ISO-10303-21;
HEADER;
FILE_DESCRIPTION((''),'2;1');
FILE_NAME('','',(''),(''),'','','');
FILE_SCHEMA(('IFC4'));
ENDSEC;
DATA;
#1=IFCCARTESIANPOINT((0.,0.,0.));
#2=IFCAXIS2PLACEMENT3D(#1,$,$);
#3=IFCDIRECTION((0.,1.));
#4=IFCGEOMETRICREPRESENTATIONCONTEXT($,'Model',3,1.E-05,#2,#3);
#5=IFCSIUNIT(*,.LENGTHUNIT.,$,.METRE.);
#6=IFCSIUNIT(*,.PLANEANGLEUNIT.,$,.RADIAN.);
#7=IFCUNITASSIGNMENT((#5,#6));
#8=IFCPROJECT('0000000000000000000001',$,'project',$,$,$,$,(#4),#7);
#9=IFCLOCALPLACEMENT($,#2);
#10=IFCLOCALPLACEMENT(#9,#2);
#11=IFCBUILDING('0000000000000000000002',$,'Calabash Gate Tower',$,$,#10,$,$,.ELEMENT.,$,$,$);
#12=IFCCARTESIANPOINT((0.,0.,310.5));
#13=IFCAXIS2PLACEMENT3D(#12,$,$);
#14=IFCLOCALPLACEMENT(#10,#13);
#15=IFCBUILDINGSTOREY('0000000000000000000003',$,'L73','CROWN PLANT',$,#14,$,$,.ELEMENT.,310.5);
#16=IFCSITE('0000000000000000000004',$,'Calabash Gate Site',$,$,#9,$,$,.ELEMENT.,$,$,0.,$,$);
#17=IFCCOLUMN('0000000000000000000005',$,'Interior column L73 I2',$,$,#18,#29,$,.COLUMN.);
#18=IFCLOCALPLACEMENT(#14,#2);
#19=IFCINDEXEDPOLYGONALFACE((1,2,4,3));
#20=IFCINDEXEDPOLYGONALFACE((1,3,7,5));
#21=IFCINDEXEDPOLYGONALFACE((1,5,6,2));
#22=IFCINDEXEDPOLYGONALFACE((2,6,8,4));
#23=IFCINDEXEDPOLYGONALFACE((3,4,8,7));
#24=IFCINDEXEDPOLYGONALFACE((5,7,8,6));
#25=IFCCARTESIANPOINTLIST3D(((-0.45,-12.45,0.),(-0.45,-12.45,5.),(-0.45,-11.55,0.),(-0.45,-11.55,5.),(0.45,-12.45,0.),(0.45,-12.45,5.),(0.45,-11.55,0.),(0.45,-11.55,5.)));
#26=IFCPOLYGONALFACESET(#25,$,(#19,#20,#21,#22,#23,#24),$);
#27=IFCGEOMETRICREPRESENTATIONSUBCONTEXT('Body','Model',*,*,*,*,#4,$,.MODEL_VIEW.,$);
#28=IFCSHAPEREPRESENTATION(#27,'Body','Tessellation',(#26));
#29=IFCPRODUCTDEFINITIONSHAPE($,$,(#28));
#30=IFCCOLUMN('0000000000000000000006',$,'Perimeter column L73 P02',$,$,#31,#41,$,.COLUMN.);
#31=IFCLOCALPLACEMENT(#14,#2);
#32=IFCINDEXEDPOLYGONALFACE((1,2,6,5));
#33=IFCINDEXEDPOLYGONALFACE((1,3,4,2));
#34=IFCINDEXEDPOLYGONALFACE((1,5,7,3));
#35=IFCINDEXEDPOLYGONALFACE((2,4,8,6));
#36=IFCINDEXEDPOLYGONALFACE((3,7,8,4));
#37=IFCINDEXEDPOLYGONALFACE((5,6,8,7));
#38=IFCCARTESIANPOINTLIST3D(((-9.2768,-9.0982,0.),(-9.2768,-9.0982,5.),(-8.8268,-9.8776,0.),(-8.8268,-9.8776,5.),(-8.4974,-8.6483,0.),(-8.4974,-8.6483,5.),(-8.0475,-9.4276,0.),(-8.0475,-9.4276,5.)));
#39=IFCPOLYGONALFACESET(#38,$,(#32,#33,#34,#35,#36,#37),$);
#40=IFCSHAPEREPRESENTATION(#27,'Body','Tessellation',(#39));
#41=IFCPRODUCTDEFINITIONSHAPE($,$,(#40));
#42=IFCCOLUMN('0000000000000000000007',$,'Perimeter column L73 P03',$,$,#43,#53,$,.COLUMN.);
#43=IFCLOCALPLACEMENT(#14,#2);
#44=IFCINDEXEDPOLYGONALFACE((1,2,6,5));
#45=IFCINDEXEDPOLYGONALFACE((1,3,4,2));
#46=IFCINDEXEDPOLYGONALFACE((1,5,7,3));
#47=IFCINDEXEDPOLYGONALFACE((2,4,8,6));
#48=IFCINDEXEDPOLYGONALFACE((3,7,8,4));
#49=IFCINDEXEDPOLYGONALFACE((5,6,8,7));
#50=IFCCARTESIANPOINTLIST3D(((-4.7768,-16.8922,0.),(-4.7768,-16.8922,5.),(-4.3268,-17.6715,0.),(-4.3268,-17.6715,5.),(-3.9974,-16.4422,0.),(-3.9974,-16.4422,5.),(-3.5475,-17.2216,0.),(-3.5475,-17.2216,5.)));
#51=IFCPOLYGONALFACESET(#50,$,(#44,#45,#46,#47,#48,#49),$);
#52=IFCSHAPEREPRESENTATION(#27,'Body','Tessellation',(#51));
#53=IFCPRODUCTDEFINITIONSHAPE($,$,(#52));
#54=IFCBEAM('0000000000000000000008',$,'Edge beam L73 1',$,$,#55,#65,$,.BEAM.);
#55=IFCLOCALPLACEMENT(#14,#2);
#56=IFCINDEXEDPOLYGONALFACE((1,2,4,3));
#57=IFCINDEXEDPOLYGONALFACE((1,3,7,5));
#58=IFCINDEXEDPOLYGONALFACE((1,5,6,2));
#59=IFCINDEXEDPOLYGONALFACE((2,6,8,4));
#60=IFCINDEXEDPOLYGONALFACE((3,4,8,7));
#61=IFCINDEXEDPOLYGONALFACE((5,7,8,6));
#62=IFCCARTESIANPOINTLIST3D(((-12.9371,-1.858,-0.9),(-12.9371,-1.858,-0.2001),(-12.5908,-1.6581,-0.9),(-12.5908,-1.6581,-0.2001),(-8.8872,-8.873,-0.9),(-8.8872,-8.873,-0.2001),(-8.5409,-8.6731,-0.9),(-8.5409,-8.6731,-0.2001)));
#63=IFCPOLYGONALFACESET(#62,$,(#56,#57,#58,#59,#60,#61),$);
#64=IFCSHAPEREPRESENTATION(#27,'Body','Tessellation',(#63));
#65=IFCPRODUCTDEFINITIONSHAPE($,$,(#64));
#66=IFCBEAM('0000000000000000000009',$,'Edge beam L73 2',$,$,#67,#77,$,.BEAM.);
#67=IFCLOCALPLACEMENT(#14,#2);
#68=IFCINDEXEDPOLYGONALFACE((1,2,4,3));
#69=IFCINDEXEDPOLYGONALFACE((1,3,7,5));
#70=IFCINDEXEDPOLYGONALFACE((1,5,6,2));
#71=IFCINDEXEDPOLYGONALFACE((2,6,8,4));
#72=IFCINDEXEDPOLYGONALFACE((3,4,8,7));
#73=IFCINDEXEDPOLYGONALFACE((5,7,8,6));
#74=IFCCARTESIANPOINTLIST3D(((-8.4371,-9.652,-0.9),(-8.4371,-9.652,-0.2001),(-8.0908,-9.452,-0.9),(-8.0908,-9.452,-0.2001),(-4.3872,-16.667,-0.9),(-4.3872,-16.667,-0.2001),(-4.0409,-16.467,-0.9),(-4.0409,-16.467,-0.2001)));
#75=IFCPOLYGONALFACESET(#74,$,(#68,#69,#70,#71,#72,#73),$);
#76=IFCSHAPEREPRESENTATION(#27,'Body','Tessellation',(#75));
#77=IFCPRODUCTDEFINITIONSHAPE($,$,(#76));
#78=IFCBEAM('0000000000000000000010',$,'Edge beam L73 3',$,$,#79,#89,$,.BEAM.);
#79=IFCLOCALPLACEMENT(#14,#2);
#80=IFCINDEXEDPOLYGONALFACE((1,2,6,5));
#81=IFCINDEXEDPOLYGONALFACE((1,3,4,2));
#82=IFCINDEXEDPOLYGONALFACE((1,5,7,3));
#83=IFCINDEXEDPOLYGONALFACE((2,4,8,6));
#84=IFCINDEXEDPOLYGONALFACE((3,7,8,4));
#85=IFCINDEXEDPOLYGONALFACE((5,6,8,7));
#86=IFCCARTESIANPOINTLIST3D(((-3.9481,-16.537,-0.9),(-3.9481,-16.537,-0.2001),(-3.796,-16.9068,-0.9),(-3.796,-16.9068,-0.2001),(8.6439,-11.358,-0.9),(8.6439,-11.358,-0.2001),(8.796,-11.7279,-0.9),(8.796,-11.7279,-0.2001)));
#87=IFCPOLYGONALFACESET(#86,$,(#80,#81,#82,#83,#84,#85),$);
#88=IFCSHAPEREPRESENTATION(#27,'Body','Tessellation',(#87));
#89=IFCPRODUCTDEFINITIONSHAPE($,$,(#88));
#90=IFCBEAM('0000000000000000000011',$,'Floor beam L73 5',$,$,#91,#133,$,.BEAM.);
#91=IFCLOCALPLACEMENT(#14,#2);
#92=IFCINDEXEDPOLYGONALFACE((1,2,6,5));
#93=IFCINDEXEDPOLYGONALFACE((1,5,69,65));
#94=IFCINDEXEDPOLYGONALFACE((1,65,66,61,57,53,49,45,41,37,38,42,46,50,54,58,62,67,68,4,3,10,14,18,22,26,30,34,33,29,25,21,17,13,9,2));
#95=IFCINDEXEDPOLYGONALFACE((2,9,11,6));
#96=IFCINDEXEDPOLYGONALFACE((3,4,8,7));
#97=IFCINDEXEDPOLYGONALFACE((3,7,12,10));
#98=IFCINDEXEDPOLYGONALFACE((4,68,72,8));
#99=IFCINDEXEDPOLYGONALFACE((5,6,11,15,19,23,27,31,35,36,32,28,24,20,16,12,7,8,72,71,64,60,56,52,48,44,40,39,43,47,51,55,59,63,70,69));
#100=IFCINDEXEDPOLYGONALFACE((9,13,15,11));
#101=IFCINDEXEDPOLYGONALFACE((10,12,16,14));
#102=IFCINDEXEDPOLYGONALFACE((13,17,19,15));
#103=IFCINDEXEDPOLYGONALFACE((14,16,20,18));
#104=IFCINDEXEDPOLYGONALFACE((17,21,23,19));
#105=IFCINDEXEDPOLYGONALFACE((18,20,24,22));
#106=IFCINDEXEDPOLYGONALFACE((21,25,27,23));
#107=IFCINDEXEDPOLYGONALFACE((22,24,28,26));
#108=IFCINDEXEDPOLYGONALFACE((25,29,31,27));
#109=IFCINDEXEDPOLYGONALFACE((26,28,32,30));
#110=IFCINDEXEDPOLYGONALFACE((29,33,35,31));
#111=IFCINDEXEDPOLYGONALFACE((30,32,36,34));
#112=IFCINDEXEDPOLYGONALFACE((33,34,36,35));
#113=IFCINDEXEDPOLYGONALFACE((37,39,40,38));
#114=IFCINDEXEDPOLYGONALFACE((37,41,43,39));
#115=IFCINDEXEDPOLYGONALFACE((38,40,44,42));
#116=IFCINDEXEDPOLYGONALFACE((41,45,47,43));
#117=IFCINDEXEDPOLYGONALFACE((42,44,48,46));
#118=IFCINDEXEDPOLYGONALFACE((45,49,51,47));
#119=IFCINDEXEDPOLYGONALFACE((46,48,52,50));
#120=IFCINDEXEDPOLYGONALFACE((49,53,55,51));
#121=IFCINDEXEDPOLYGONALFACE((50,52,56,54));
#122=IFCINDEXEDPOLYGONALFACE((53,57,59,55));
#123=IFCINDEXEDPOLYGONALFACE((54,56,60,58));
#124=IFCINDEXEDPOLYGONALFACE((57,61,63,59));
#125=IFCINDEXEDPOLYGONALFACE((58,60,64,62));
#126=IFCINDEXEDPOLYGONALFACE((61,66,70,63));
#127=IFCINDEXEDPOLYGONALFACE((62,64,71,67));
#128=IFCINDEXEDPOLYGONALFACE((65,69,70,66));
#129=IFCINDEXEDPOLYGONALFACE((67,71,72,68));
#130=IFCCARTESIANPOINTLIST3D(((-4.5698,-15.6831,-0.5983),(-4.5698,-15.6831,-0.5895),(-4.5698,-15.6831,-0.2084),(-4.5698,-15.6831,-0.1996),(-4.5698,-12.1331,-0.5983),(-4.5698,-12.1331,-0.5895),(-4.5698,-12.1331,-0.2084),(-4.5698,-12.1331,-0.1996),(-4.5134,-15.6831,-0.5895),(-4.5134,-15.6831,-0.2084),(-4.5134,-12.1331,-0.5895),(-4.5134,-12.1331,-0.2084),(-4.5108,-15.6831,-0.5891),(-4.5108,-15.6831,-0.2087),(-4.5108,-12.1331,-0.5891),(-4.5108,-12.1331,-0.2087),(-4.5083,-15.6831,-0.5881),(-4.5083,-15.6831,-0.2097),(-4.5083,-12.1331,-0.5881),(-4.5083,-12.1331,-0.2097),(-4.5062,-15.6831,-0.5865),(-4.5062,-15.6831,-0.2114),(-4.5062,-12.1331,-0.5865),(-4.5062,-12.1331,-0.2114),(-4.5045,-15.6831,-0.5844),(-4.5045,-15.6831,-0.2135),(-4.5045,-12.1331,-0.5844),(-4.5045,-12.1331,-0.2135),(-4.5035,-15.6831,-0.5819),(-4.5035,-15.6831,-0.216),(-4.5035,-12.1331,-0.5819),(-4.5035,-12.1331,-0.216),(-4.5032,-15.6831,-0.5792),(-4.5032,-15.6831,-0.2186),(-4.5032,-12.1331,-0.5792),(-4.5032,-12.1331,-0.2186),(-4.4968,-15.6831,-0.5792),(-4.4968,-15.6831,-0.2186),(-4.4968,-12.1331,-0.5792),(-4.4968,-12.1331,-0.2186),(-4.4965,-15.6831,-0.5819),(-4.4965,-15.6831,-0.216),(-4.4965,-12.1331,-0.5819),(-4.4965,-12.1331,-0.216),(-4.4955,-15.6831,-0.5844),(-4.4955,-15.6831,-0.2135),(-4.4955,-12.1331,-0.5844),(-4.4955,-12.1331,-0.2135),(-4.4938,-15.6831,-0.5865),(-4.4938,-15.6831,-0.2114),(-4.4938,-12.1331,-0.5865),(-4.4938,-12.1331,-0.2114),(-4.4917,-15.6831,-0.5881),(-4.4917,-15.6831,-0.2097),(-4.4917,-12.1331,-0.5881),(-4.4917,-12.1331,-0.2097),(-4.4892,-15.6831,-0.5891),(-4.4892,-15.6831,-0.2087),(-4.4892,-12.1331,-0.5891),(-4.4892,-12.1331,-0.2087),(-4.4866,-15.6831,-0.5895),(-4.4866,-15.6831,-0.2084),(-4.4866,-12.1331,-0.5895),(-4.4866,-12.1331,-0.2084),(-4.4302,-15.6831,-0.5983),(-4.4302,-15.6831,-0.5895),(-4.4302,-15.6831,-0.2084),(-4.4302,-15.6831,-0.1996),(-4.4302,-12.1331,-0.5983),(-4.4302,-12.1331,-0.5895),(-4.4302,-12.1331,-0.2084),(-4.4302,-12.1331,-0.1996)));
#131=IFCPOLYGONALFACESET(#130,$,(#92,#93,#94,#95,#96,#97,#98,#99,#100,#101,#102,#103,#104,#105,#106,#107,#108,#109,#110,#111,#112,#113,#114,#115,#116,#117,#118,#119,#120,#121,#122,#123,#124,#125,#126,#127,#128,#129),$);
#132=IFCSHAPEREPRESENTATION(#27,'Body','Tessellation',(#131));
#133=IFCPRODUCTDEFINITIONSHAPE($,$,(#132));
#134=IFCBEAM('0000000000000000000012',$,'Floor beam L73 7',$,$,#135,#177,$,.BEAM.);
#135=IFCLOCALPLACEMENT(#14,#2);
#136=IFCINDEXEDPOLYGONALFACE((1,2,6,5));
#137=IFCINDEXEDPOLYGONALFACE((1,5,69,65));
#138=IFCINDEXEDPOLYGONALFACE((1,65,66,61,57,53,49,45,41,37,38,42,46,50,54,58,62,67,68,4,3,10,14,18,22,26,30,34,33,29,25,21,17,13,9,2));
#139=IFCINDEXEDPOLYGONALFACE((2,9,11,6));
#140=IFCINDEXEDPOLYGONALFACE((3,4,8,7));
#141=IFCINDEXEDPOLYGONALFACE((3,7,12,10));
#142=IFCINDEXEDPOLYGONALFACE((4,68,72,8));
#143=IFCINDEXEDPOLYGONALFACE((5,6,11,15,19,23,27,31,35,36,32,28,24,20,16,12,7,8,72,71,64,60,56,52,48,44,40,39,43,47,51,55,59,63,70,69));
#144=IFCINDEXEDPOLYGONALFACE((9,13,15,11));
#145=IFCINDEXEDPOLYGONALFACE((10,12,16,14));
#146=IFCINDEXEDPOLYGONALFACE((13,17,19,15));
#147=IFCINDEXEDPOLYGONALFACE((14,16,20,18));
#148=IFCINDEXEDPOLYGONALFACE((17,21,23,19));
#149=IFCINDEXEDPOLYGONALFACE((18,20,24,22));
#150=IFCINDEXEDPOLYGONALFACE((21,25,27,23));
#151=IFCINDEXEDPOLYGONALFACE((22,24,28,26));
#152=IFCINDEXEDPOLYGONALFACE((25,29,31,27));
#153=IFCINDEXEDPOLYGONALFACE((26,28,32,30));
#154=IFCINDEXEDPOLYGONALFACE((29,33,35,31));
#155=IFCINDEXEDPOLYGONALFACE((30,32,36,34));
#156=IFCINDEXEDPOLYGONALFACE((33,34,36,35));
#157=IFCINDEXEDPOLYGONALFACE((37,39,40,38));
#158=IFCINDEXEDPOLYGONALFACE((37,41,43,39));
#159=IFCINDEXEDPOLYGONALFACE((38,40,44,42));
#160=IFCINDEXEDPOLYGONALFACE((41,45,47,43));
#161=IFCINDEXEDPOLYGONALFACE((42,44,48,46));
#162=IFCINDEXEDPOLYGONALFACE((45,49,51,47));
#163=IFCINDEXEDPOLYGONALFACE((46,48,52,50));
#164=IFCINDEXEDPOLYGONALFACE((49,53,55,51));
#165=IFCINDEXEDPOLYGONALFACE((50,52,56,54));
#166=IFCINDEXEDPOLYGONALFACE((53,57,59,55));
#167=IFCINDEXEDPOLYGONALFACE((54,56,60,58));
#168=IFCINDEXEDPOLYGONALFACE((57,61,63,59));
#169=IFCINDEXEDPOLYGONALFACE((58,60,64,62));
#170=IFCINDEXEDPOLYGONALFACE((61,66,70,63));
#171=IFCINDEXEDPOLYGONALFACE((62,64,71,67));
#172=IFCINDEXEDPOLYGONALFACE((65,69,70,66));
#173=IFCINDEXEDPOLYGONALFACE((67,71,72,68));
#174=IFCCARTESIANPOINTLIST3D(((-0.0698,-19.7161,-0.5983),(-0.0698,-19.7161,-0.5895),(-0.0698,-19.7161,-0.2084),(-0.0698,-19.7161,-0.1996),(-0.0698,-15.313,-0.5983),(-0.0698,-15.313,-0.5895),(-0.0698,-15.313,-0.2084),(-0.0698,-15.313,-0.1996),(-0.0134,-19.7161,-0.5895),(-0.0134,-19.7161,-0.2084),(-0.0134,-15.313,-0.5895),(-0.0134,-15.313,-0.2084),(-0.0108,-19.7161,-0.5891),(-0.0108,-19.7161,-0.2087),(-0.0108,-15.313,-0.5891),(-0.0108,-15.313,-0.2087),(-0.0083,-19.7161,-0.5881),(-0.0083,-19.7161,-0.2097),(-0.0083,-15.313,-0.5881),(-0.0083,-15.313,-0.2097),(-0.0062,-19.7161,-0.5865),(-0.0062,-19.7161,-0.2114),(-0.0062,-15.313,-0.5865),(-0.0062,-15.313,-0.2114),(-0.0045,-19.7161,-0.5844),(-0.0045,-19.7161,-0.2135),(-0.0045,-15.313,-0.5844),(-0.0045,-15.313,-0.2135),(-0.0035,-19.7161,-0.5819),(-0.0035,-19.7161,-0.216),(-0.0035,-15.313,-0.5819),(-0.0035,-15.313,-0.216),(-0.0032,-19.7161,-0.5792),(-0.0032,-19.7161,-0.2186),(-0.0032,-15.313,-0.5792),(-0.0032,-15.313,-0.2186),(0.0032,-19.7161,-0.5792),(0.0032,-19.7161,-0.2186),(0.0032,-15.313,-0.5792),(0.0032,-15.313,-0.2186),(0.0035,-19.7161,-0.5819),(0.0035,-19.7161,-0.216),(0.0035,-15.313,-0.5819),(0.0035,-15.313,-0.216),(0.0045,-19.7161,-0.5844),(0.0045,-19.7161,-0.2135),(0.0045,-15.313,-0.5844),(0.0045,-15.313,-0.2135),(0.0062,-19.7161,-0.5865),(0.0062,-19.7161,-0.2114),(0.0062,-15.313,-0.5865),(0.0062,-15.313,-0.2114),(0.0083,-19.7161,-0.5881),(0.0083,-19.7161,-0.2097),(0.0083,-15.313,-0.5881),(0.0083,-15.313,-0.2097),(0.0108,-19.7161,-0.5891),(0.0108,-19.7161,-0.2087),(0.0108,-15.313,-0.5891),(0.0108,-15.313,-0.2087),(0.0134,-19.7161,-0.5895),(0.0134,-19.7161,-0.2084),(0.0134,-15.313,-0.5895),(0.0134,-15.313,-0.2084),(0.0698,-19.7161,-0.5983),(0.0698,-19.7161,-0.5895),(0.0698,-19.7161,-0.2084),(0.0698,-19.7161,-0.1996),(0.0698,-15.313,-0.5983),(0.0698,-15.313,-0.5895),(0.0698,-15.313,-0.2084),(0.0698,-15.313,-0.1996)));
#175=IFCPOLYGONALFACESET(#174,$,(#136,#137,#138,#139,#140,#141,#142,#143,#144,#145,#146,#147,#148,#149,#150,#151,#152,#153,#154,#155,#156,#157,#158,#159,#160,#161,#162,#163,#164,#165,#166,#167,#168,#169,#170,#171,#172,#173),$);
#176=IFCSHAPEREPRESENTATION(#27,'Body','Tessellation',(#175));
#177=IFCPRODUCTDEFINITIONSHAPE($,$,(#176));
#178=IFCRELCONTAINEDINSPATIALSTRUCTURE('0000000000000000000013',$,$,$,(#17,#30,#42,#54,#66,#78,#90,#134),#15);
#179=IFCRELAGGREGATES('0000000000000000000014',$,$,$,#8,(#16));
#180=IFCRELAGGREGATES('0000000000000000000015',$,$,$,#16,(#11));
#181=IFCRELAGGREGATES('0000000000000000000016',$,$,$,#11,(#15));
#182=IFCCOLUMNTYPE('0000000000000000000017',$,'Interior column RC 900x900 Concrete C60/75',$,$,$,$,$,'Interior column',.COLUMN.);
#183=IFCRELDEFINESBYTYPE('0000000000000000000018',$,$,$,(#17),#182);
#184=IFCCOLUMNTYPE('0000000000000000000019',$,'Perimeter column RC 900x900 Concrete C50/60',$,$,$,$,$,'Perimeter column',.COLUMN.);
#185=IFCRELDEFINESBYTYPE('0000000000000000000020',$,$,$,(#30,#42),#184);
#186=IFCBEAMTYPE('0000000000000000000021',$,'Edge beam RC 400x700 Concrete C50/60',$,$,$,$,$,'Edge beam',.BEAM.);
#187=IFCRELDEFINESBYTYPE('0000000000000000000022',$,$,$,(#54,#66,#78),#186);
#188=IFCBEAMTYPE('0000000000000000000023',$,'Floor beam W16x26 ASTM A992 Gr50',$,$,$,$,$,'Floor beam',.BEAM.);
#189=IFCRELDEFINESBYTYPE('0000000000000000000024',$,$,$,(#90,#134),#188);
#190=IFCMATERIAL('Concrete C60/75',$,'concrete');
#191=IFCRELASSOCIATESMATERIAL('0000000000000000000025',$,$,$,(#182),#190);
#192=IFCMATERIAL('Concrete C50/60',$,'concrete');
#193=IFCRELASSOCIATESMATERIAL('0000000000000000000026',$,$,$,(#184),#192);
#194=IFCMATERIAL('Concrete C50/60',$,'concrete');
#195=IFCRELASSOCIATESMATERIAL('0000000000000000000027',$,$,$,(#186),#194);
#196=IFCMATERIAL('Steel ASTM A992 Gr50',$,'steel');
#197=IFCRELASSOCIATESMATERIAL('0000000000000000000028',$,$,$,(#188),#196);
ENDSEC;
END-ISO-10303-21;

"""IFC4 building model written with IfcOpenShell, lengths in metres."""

from ifc_helpers import new_model, si_unit, direction, frame, origin, origin_2d, place, context, subcontext, project, spatial, rectangle, i_section, extrude, material, material_profile, profile_set, type_object, element, save


model = new_model("IFC4")

# Units and contexts
model_context = context("Model", 3, precision=1e-05, world=origin(), true_north=direction((0.0, 1.0)))
body_context = subcontext(model_context, "Body", "Model", "MODEL_VIEW")
ifc_project = project(units=[si_unit("LENGTHUNIT", "METRE"), si_unit("PLANEANGLEUNIT", "RADIAN")], contexts=[model_context])

# Site, building, storey
site_placement = place(None, origin())
site = spatial("IfcSite", under=ifc_project, at=site_placement, Name="Calabash Gate Site", CompositionType="ELEMENT", RefElevation=0.0)
building_placement = place(site_placement, origin())
building = spatial("IfcBuilding", under=site, at=building_placement, Name="Calabash Gate Tower", CompositionType="ELEMENT")
storey_placement = place(building_placement, frame((0.0, 0.0, 310.5)))
storey = spatial("IfcBuildingStorey", under=building, at=storey_placement, Name="L73", Description="CROWN PLANT", CompositionType="ELEMENT", Elevation=310.5)

# Columns
ifc_material_1 = material(Name="Concrete C60/75", Category="concrete")
ifc_material_profile_1 = material_profile(ifc_material_1, rectangle(XDim=0.8999, YDim=0.8999, at=origin_2d()))
ifc_profile_set_1 = profile_set([ifc_material_profile_1], Name="Concrete C60/75")
column_type_1 = type_object("IfcColumnType", Name="Interior column RC 900x900 Concrete C60/75", ElementType="Interior column", PredefinedType="COLUMN", material=ifc_profile_set_1)
column_placement = place(storey_placement, frame((0.0, -12.0, 0.0), z_axis=(0.0, 0.0, 1.0), x_axis=(1.0, 0.0, 0.0)))
element("IfcColumn", 1, at=column_placement, inside=storey, type_object=column_type_1, Name="Interior column L73 I2", PredefinedType="COLUMN", context=body_context, shape_type="SweptSolid", body=[
    extrude(rectangle(XDim=0.8999, YDim=0.8999, at=origin_2d()), origin(), (0.0, 0.0, 1.0), 5.0),
])
ifc_material_2 = material(Name="Concrete C50/60", Category="concrete")
ifc_material_profile_2 = material_profile(ifc_material_2, rectangle(XDim=0.8999, YDim=0.8999, at=origin_2d()))
ifc_profile_set_2 = profile_set([ifc_material_profile_2], Name="Concrete C50/60")
column_type_2 = type_object("IfcColumnType", Name="Perimeter column RC 900x900 Concrete C50/60", ElementType="Perimeter column", PredefinedType="COLUMN", material=ifc_profile_set_2)
for number, where, z_axis, x_axis, name in (
    (2, (-8.6621, -9.2629, 0.0), (0.0, 0.0, 1.0), (0.5, -0.866025, 0.0), "Perimeter column L73 P02"),
    (3, (-4.1621, -17.0569, 0.0), (0.0, 0.0, 1.0), (0.5, -0.866025, 0.0), "Perimeter column L73 P03"),
):
    element("IfcColumn", number, at=place(storey_placement, frame(where, z_axis=z_axis, x_axis=x_axis)), inside=storey, type_object=column_type_2, Name=name, PredefinedType="COLUMN", context=body_context, shape_type="SweptSolid", body=[
        extrude(rectangle(XDim=0.8999, YDim=0.8999, at=origin_2d()), origin(), (0.0, 0.0, 1.0), 5.0),
    ])

# Beams
ifc_material_3 = material(Name="Concrete C50/60", Category="concrete")
ifc_material_profile_3 = material_profile(ifc_material_3, rectangle(XDim=0.3999, YDim=0.7, at=origin_2d()))
ifc_profile_set_3 = profile_set([ifc_material_profile_3], Name="Concrete C50/60")
beam_type_1 = type_object("IfcBeamType", Name="Edge beam RC 400x700 Concrete C50/60", ElementType="Edge beam", PredefinedType="BEAM", material=ifc_profile_set_3)
for number, where, z_axis, x_axis, name in (
    (4, (-12.7639, -1.7581, -0.55), (0.499977, -0.866039, 0.0), (0.866039, 0.499977, 0.0), "Edge beam L73 1"),
    (5, (-8.2639, -9.552, -0.55), (0.499977, -0.866039, 0.0), (0.866039, 0.499977, 0.0), "Edge beam L73 2"),
):
    element("IfcBeam", number, at=place(storey_placement, frame(where, z_axis=z_axis, x_axis=x_axis)), inside=storey, type_object=beam_type_1, Name=name, PredefinedType="BEAM", context=body_context, shape_type="SweptSolid", body=[
        extrude(rectangle(XDim=0.3999, YDim=0.7, at=origin_2d()), origin(), (0.0, 0.0, 1.0), 8.1001),
    ])
beam_1_placement = place(storey_placement, frame((-3.8721, -16.7219, -0.55), z_axis=(0.924833, 0.380373, 0.0), x_axis=(-0.380373, 0.924833, 0.0)))
element("IfcBeam", 6, at=beam_1_placement, inside=storey, type_object=beam_type_1, Name="Edge beam L73 3", PredefinedType="BEAM", context=body_context, shape_type="SweptSolid", body=[
    extrude(rectangle(XDim=0.3999, YDim=0.7, at=origin_2d()), origin(), (0.0, 0.0, 1.0), 13.6155),
])
ifc_material_4 = material(Name="Steel ASTM A992 Gr50", Category="steel")
ifc_material_profile_4 = material_profile(ifc_material_4, i_section(OverallWidth=0.1396, OverallDepth=0.3987, WebThickness=0.0063, FlangeThickness=0.0088, FilletRadius=0.0103, at=origin_2d()))
ifc_profile_set_4 = profile_set([ifc_material_profile_4], Name="Steel ASTM A992 Gr50")
beam_type_2 = type_object("IfcBeamType", Name="Floor beam W16x26 ASTM A992 Gr50", ElementType="Floor beam", PredefinedType="BEAM", material=ifc_profile_set_4)
beam_2_placement = place(storey_placement, frame((-4.5, -15.6831, -0.3989), z_axis=(0.0, 1.0, 0.0), x_axis=(-1.0, 0.0, 0.0)))
element("IfcBeam", 7, at=beam_2_placement, inside=storey, type_object=beam_type_2, Name="Floor beam L73 5", PredefinedType="BEAM", context=body_context, shape_type="SweptSolid", body=[
    extrude(i_section(OverallWidth=0.1396, OverallDepth=0.3987, WebThickness=0.0063, FlangeThickness=0.0088, FilletRadius=0.0103, at=origin_2d()), origin(), (0.0, 0.0, 1.0), 3.55),
])
beam_3_placement = place(storey_placement, frame((0.0, -19.7161, -0.3989), z_axis=(0.0, 1.0, 0.0), x_axis=(-1.0, 0.0, 0.0)))
element("IfcBeam", 8, at=beam_3_placement, inside=storey, type_object=beam_type_2, Name="Floor beam L73 7", PredefinedType="BEAM", context=body_context, shape_type="SweptSolid", body=[
    extrude(i_section(OverallWidth=0.1396, OverallDepth=0.3987, WebThickness=0.0063, FlangeThickness=0.0088, FilletRadius=0.0103, at=origin_2d()), origin(), (0.0, 0.0, 1.0), 4.4031),
])

save(model, "model.ifc")
